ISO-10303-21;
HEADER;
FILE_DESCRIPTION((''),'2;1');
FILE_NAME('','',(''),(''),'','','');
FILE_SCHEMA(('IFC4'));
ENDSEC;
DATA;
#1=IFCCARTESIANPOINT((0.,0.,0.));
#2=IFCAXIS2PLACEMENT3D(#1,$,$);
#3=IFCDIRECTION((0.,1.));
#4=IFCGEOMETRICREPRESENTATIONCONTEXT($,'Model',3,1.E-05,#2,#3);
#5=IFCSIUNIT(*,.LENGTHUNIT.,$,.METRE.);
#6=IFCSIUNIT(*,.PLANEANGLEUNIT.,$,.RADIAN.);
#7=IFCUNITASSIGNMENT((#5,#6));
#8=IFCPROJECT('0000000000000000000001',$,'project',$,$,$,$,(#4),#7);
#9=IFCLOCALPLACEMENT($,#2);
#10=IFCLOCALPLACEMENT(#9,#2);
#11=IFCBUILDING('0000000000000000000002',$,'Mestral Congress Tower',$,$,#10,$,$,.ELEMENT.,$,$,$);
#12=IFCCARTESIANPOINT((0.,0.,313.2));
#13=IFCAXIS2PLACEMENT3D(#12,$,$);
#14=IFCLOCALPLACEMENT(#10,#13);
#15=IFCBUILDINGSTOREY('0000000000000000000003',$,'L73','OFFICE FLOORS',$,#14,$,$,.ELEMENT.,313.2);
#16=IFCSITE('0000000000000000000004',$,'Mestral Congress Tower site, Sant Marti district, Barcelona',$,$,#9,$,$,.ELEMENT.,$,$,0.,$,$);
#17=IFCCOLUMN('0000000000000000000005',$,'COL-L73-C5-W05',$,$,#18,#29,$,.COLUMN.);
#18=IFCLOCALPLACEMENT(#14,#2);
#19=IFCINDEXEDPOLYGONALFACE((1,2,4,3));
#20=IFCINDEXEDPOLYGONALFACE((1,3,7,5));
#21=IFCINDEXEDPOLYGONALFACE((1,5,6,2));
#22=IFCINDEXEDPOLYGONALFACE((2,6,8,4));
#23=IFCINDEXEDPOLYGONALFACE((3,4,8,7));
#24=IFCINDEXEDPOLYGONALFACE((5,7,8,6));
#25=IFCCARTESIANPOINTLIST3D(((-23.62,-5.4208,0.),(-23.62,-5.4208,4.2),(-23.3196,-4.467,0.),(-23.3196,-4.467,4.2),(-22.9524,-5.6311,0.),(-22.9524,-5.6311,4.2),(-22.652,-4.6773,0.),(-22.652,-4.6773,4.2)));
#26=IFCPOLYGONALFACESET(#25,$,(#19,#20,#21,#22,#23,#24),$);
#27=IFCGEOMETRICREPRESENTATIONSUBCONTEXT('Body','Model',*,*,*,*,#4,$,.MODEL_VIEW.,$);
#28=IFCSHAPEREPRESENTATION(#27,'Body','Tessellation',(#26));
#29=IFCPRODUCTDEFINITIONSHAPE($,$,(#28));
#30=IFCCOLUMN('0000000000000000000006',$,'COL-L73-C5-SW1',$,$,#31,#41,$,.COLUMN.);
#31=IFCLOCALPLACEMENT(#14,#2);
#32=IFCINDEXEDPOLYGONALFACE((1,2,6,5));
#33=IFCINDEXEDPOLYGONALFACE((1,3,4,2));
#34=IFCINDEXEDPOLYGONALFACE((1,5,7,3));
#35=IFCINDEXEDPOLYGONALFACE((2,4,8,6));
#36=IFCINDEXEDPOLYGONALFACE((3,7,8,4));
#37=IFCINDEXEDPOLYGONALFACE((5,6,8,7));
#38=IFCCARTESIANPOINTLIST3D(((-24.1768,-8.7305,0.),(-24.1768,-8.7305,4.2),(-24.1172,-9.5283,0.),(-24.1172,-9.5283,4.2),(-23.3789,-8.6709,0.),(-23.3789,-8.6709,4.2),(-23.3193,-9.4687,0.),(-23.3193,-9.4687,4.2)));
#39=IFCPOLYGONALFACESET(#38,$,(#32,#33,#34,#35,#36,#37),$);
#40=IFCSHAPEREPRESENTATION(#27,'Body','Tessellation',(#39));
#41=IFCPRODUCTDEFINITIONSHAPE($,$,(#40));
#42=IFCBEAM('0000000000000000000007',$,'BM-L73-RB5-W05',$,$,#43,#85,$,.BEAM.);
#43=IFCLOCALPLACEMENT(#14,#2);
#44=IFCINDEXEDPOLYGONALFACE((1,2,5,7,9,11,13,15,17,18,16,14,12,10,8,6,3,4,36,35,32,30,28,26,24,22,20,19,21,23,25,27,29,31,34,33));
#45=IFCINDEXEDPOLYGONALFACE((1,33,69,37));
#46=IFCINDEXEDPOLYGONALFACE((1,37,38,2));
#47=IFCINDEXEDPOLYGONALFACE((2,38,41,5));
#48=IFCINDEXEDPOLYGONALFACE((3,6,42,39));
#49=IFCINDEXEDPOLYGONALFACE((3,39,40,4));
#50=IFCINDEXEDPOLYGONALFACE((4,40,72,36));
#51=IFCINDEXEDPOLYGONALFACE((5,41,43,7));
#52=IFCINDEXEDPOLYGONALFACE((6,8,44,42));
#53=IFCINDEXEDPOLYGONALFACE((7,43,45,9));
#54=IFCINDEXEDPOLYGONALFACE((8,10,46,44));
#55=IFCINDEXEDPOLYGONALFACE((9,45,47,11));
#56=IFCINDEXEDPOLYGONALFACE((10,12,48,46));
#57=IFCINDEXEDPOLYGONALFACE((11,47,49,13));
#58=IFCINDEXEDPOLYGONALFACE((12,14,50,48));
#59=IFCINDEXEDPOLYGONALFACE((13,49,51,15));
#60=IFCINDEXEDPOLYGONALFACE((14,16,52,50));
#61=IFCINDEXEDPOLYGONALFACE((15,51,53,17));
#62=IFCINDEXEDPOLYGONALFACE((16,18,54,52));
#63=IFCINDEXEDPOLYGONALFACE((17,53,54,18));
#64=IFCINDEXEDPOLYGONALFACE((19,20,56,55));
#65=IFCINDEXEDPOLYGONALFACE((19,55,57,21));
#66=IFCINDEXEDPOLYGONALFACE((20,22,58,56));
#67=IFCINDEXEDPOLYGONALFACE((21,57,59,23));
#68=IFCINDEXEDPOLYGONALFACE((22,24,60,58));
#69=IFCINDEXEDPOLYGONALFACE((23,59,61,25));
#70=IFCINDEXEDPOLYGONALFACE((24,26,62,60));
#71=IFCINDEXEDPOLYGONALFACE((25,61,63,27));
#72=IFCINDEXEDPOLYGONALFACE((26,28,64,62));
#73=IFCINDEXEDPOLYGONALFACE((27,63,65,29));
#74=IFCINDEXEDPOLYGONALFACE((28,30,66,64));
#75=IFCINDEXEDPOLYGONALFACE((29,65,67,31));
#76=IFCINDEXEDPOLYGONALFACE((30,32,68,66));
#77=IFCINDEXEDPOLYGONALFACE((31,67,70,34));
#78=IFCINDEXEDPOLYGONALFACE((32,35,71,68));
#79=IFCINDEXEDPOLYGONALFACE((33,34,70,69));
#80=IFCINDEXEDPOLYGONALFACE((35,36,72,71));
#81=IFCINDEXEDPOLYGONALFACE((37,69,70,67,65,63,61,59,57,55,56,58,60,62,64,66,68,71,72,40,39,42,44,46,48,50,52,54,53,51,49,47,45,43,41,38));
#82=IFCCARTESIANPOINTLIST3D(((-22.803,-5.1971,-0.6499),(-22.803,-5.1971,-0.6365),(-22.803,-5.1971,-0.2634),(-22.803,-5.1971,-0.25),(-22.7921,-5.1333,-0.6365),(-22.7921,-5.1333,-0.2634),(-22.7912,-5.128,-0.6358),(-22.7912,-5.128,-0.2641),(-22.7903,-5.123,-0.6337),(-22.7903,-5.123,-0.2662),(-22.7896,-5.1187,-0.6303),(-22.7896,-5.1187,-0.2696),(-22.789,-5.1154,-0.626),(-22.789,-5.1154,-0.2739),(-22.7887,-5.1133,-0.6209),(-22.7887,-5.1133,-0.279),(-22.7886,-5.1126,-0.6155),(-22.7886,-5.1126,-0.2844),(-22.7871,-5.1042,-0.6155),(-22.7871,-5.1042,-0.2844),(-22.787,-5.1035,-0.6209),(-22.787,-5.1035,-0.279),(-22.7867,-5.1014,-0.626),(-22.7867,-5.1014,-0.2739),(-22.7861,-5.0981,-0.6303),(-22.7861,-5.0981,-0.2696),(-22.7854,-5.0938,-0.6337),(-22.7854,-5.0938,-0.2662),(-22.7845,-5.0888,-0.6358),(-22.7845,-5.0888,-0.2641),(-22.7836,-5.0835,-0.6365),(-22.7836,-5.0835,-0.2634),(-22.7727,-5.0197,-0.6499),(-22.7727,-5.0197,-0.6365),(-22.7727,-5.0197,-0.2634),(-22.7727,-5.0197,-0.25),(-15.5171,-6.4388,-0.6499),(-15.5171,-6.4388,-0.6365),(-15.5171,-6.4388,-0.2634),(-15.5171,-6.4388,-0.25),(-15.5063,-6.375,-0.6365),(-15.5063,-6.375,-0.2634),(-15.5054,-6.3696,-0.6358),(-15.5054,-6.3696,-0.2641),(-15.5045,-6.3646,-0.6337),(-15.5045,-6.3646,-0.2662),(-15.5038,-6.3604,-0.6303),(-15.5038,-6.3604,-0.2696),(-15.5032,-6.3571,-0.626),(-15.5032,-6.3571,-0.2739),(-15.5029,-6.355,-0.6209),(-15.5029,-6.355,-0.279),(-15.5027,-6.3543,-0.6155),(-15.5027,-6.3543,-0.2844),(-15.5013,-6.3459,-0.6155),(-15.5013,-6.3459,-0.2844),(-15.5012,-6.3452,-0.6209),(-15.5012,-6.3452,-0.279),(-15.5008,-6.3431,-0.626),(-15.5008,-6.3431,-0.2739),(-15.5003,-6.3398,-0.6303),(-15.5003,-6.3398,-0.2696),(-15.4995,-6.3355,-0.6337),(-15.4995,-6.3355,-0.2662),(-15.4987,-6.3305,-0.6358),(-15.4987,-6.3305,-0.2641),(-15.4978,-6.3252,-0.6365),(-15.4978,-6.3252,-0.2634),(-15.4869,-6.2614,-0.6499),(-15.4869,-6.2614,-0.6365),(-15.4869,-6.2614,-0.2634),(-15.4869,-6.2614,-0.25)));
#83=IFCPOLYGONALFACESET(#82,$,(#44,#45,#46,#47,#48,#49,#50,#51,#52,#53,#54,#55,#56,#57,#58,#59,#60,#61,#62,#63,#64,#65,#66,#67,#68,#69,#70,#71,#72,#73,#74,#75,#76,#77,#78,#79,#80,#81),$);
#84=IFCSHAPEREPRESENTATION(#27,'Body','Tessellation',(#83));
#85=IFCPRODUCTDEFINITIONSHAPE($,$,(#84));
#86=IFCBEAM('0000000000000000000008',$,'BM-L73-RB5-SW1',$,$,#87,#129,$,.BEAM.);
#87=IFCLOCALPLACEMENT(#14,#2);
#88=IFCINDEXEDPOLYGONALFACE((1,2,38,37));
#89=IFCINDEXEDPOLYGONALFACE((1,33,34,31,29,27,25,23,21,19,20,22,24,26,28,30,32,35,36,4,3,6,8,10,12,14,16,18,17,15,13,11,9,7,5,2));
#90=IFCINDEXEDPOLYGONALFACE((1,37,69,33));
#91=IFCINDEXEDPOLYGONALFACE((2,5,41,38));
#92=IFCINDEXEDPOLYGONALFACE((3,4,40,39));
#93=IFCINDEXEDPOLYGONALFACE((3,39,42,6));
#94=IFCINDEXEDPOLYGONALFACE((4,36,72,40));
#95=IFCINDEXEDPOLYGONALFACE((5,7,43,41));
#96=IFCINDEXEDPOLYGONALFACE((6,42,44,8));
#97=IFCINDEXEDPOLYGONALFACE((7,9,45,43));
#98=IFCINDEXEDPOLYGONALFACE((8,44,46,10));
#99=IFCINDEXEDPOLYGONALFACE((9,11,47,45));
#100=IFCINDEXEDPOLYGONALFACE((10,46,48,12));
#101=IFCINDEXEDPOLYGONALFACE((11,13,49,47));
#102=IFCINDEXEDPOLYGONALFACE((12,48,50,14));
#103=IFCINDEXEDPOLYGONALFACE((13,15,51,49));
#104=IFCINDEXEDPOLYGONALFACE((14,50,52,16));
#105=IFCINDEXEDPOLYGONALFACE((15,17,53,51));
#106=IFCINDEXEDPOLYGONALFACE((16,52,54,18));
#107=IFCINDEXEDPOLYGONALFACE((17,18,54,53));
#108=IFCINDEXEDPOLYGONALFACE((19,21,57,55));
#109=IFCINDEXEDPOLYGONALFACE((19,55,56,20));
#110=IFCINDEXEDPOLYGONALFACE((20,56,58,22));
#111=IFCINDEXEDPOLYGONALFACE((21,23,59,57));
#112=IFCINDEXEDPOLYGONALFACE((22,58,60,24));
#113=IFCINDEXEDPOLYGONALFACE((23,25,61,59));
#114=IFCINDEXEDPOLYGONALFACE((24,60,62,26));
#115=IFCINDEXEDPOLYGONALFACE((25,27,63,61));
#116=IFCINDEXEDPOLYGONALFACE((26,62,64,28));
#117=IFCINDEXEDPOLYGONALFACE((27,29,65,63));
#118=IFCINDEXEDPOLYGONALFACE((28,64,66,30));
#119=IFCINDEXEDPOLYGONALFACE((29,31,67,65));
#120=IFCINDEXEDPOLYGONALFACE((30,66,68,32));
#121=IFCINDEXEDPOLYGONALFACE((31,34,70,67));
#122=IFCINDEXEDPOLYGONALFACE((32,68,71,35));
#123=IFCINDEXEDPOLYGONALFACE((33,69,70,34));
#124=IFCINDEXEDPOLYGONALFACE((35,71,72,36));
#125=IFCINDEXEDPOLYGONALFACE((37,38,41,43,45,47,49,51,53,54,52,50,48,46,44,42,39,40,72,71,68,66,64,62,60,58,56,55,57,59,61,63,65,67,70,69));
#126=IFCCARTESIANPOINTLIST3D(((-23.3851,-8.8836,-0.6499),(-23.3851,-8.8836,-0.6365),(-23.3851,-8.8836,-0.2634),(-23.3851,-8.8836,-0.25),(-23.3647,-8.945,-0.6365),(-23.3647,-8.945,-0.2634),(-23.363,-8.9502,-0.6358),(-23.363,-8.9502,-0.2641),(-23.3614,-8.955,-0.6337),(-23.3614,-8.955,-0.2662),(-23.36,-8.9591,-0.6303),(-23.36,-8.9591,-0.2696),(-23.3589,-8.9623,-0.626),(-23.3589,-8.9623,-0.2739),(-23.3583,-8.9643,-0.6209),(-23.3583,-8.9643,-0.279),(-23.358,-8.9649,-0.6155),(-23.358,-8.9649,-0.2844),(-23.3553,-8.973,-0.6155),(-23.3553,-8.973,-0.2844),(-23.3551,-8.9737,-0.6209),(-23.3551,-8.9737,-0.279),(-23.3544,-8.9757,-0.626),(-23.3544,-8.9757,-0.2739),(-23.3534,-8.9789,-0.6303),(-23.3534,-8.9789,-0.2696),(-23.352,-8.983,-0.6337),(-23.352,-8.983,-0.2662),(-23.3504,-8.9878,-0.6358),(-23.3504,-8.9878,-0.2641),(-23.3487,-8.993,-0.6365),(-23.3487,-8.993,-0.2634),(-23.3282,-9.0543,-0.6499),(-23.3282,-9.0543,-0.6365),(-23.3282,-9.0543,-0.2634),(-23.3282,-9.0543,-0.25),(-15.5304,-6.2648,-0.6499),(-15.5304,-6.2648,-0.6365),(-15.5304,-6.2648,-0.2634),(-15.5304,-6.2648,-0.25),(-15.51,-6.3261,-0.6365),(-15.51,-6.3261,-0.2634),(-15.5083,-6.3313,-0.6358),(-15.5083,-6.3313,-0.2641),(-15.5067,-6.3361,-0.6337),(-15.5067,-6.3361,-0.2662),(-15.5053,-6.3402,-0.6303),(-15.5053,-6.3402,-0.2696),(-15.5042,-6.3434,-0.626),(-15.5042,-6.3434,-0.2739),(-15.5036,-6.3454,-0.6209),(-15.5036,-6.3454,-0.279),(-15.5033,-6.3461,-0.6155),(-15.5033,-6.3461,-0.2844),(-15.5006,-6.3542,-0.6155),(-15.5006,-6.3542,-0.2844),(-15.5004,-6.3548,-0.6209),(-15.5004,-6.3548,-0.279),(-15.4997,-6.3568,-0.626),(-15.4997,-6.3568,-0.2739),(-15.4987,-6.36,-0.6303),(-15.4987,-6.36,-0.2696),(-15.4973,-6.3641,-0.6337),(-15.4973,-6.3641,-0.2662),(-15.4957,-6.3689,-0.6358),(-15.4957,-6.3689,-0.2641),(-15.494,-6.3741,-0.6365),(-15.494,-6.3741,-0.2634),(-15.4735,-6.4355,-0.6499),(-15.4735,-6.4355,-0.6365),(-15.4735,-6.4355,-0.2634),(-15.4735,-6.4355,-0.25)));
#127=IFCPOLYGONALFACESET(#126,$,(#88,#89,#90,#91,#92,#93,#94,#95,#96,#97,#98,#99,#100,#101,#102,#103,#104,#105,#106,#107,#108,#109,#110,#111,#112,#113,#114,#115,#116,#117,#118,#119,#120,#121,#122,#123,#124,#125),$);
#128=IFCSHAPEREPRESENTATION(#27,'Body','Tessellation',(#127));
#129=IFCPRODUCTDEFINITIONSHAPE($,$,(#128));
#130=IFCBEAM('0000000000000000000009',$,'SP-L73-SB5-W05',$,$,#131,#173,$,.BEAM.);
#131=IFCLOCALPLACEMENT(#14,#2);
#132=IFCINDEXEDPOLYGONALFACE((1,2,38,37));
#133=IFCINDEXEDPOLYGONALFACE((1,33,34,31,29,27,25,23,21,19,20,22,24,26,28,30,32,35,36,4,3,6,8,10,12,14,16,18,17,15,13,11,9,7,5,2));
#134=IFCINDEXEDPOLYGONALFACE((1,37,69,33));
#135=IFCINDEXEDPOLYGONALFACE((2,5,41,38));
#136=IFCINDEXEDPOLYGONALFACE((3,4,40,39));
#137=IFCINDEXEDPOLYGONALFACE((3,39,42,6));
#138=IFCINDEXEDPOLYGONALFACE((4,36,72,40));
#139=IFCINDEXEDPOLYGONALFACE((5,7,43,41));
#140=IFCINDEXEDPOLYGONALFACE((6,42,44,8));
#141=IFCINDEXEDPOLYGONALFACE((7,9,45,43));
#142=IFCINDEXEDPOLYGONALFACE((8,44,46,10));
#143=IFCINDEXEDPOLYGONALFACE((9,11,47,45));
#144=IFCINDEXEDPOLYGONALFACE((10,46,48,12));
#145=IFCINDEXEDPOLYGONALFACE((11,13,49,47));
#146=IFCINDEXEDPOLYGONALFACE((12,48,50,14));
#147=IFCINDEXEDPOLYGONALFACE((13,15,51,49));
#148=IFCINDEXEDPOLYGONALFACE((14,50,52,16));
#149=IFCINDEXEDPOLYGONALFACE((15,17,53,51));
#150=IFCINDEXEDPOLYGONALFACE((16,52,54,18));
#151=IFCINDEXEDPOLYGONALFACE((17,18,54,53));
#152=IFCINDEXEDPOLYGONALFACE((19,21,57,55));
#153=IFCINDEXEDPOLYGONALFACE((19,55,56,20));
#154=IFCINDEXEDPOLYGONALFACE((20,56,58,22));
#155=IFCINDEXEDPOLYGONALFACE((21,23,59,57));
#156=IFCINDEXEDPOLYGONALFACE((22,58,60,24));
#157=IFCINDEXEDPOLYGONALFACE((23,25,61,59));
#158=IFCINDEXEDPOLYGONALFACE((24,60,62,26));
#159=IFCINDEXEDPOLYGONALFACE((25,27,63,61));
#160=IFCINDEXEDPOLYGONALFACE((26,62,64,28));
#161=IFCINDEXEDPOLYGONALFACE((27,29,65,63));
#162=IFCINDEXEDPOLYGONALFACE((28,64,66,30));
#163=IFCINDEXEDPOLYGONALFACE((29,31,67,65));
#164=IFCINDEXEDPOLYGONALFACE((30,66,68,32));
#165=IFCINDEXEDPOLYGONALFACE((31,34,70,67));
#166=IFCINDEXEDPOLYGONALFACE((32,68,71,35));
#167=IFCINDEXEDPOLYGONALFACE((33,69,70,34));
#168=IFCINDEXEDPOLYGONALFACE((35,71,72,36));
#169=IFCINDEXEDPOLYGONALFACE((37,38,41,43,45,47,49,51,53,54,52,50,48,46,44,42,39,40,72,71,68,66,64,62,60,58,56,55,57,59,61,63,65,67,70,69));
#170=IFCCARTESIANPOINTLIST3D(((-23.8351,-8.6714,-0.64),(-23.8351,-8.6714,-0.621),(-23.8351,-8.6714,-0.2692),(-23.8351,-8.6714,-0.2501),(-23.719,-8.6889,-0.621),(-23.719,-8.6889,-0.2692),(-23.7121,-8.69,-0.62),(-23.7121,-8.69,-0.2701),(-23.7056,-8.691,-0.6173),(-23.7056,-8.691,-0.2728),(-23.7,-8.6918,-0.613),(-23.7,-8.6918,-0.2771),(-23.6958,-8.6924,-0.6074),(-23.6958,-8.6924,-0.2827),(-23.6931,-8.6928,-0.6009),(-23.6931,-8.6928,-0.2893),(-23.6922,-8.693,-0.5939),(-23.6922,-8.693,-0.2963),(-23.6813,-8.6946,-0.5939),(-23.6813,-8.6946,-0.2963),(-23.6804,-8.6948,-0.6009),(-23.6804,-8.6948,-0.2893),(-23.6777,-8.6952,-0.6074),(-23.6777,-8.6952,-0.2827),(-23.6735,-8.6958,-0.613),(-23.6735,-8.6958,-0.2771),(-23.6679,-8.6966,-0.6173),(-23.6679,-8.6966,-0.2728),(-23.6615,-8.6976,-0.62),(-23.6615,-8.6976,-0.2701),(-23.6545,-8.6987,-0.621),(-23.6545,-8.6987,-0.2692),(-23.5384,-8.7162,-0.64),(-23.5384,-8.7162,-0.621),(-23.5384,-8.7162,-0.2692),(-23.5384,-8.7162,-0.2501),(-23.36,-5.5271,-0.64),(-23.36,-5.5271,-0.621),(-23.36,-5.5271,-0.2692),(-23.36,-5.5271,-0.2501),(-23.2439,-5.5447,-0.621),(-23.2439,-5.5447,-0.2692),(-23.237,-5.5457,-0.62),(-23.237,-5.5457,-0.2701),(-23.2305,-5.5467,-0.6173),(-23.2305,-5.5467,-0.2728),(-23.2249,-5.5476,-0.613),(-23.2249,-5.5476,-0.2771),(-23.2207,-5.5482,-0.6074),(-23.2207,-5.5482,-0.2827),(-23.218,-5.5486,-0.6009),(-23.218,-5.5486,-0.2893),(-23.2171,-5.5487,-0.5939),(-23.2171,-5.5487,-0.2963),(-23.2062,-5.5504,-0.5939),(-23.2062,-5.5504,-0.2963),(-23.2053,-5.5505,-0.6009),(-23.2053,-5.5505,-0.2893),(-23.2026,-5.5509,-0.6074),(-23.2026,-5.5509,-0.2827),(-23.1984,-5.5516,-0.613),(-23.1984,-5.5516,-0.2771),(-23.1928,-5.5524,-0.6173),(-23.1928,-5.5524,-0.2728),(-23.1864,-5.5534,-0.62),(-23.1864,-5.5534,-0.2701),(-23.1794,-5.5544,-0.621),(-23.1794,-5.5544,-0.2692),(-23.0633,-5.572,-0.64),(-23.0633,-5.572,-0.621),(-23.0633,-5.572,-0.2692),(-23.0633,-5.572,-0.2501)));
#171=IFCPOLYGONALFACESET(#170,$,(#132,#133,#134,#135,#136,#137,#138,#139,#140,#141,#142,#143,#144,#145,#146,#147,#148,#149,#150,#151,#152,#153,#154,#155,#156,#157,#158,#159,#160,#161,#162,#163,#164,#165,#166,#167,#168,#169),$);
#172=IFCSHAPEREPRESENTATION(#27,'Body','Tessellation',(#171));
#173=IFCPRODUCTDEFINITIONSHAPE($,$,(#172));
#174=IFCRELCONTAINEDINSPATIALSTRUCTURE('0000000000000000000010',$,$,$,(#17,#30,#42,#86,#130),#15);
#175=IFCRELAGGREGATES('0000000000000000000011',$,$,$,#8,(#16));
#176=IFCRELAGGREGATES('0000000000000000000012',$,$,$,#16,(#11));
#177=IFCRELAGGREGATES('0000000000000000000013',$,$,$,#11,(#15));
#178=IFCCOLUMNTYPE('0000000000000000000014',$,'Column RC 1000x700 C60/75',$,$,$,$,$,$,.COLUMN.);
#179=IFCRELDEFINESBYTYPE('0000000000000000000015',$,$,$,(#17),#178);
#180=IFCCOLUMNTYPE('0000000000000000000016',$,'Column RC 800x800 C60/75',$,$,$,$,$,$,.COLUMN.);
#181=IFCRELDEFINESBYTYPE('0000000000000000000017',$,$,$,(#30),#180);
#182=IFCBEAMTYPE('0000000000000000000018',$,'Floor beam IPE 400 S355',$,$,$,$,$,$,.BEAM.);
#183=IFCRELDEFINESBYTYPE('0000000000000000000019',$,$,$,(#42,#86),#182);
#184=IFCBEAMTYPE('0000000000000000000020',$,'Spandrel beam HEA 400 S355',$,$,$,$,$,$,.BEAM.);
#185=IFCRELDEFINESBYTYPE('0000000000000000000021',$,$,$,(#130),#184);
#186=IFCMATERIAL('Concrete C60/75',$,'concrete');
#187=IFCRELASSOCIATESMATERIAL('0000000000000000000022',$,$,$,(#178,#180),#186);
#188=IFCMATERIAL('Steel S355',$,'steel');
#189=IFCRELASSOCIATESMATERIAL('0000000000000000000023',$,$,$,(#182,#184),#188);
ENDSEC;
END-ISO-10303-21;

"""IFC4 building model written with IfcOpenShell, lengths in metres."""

from ifc_helpers import new_model, si_unit, direction, frame, origin, origin_2d, place, context, subcontext, project, spatial, rectangle, i_section, extrude, material, material_profile, profile_set, type_object, element, save


model = new_model("IFC4")

# Units and contexts
model_context = context("Model", 3, precision=1e-05, world=origin(), true_north=direction((0.0, 1.0)))
body_context = subcontext(model_context, "Body", "Model", "MODEL_VIEW")
ifc_project = project(units=[si_unit("LENGTHUNIT", "METRE"), si_unit("PLANEANGLEUNIT", "RADIAN")], contexts=[model_context])

# Site, building, storey
site_placement = place(None, origin())
site = spatial("IfcSite", under=ifc_project, at=site_placement, Name="Mestral Congress Tower site, Sant Marti district, Barcelona", CompositionType="ELEMENT", RefElevation=0.0)
building_placement = place(site_placement, origin())
building = spatial("IfcBuilding", under=site, at=building_placement, Name="Mestral Congress Tower", CompositionType="ELEMENT")
storey_placement = place(building_placement, frame((0.0, 0.0, 313.2)))
storey = spatial("IfcBuildingStorey", under=building, at=storey_placement, Name="L73", Description="OFFICE FLOORS", CompositionType="ELEMENT", Elevation=313.2)

# Columns
ifc_material_1 = material(Name="Concrete C60/75", Category="concrete")
ifc_material_profile_1 = material_profile(ifc_material_1, rectangle(XDim=1.0, YDim=0.7, at=origin_2d()), Name="RC 1000x700")
ifc_profile_set_1 = profile_set([ifc_material_profile_1], Name="Concrete C60/75")
column_type_1 = type_object("IfcColumnType", Name="Column RC 1000x700 C60/75", PredefinedType="COLUMN", material=ifc_profile_set_1)
column_1_placement = place(storey_placement, frame((-23.136, -5.0491, 0.0), z_axis=(0.0, 0.0, 1.0), x_axis=(-0.300431, -0.953804, 0.0)))
element("IfcColumn", 1, at=column_1_placement, inside=storey, type_object=column_type_1, Name="COL-L73-C5-W05", PredefinedType="COLUMN", context=body_context, shape_type="SweptSolid", body=[
    extrude(rectangle(XDim=1.0, YDim=0.7, at=origin_2d()), origin(), (0.0, 0.0, 1.0), 4.2),
])
ifc_material_profile_2 = material_profile(ifc_material_1, rectangle(XDim=0.8, YDim=0.8, at=origin_2d()), Name="RC 800x800")
ifc_profile_set_2 = profile_set([ifc_material_profile_2], Name="Concrete C60/75")
column_type_2 = type_object("IfcColumnType", Name="Column RC 800x800 C60/75", PredefinedType="COLUMN", material=ifc_profile_set_2)
column_2_placement = place(storey_placement, frame((-23.748, -9.0996, 0.0), z_axis=(0.0, 0.0, 1.0), x_axis=(0.074511, -0.99722, 0.0)))
element("IfcColumn", 2, at=column_2_placement, inside=storey, type_object=column_type_2, Name="COL-L73-C5-SW1", PredefinedType="COLUMN", context=body_context, shape_type="SweptSolid", body=[
    extrude(rectangle(XDim=0.8, YDim=0.8, at=origin_2d()), origin(), (0.0, 0.0, 1.0), 4.2),
])

# Beams
ifc_material_2 = material(Name="Steel S355", Category="steel")
ifc_material_profile_3 = material_profile(ifc_material_2, i_section(OverallWidth=0.1799, OverallDepth=0.3999, WebThickness=0.0085, FlangeThickness=0.0134, FilletRadius=0.021, at=origin_2d()), Name="IPE 400")
ifc_profile_set_3 = profile_set([ifc_material_profile_3], Name="Steel S355")
beam_type_1 = type_object("IfcBeamType", Name="Floor beam IPE 400 S355", PredefinedType="BEAM", material=ifc_profile_set_3)
beam_1_placement = place(storey_placement, frame((-22.7878, -5.1084, -0.45), z_axis=(0.985787, -0.168003, 0.0), x_axis=(0.168003, 0.985787, 0.0)))
element("IfcBeam", 3, at=beam_1_placement, inside=storey, type_object=beam_type_1, Name="BM-L73-RB5-W05", PredefinedType="BEAM", context=body_context, shape_type="SweptSolid", body=[
    extrude(i_section(OverallWidth=0.1799, OverallDepth=0.3999, WebThickness=0.0085, FlangeThickness=0.0134, FilletRadius=0.021, at=origin_2d()), origin(), (0.0, 0.0, 1.0), 7.3909),
])
beam_2_placement = place(storey_placement, frame((-23.3567, -8.969, -0.45), z_axis=(0.94866, 0.316299, 0.0), x_axis=(-0.316299, 0.94866, 0.0)))
element("IfcBeam", 4, at=beam_2_placement, inside=storey, type_object=beam_type_1, Name="BM-L73-RB5-SW1", PredefinedType="BEAM", context=body_context, shape_type="SweptSolid", body=[
    extrude(i_section(OverallWidth=0.1799, OverallDepth=0.3999, WebThickness=0.0085, FlangeThickness=0.0134, FilletRadius=0.021, at=origin_2d()), origin(), (0.0, 0.0, 1.0), 8.2798),
])
ifc_material_profile_4 = material_profile(ifc_material_2, i_section(OverallWidth=0.3, OverallDepth=0.3899, WebThickness=0.011, FlangeThickness=0.019, FilletRadius=0.0271, at=origin_2d()), Name="HEA 400")
ifc_profile_set_4 = profile_set([ifc_material_profile_4], Name="Steel S355")
beam_type_2 = type_object("IfcBeamType", Name="Spandrel beam HEA 400 S355", PredefinedType="BEAM", material=ifc_profile_set_4)
beam_3_placement = place(storey_placement, frame((-23.2117, -5.5496, -0.4451), z_axis=(-0.149403, -0.988776, 0.0), x_axis=(0.988776, -0.149403, 0.0)))
element("IfcBeam", 5, at=beam_3_placement, inside=storey, type_object=beam_type_2, Name="SP-L73-SB5-W05", PredefinedType="BEAM", context=body_context, shape_type="SweptSolid", body=[
    extrude(i_section(OverallWidth=0.3, OverallDepth=0.3899, WebThickness=0.011, FlangeThickness=0.019, FilletRadius=0.0271, at=origin_2d()), origin(), (0.0, 0.0, 1.0), 3.1799),
])

save(model, "model.ifc")
